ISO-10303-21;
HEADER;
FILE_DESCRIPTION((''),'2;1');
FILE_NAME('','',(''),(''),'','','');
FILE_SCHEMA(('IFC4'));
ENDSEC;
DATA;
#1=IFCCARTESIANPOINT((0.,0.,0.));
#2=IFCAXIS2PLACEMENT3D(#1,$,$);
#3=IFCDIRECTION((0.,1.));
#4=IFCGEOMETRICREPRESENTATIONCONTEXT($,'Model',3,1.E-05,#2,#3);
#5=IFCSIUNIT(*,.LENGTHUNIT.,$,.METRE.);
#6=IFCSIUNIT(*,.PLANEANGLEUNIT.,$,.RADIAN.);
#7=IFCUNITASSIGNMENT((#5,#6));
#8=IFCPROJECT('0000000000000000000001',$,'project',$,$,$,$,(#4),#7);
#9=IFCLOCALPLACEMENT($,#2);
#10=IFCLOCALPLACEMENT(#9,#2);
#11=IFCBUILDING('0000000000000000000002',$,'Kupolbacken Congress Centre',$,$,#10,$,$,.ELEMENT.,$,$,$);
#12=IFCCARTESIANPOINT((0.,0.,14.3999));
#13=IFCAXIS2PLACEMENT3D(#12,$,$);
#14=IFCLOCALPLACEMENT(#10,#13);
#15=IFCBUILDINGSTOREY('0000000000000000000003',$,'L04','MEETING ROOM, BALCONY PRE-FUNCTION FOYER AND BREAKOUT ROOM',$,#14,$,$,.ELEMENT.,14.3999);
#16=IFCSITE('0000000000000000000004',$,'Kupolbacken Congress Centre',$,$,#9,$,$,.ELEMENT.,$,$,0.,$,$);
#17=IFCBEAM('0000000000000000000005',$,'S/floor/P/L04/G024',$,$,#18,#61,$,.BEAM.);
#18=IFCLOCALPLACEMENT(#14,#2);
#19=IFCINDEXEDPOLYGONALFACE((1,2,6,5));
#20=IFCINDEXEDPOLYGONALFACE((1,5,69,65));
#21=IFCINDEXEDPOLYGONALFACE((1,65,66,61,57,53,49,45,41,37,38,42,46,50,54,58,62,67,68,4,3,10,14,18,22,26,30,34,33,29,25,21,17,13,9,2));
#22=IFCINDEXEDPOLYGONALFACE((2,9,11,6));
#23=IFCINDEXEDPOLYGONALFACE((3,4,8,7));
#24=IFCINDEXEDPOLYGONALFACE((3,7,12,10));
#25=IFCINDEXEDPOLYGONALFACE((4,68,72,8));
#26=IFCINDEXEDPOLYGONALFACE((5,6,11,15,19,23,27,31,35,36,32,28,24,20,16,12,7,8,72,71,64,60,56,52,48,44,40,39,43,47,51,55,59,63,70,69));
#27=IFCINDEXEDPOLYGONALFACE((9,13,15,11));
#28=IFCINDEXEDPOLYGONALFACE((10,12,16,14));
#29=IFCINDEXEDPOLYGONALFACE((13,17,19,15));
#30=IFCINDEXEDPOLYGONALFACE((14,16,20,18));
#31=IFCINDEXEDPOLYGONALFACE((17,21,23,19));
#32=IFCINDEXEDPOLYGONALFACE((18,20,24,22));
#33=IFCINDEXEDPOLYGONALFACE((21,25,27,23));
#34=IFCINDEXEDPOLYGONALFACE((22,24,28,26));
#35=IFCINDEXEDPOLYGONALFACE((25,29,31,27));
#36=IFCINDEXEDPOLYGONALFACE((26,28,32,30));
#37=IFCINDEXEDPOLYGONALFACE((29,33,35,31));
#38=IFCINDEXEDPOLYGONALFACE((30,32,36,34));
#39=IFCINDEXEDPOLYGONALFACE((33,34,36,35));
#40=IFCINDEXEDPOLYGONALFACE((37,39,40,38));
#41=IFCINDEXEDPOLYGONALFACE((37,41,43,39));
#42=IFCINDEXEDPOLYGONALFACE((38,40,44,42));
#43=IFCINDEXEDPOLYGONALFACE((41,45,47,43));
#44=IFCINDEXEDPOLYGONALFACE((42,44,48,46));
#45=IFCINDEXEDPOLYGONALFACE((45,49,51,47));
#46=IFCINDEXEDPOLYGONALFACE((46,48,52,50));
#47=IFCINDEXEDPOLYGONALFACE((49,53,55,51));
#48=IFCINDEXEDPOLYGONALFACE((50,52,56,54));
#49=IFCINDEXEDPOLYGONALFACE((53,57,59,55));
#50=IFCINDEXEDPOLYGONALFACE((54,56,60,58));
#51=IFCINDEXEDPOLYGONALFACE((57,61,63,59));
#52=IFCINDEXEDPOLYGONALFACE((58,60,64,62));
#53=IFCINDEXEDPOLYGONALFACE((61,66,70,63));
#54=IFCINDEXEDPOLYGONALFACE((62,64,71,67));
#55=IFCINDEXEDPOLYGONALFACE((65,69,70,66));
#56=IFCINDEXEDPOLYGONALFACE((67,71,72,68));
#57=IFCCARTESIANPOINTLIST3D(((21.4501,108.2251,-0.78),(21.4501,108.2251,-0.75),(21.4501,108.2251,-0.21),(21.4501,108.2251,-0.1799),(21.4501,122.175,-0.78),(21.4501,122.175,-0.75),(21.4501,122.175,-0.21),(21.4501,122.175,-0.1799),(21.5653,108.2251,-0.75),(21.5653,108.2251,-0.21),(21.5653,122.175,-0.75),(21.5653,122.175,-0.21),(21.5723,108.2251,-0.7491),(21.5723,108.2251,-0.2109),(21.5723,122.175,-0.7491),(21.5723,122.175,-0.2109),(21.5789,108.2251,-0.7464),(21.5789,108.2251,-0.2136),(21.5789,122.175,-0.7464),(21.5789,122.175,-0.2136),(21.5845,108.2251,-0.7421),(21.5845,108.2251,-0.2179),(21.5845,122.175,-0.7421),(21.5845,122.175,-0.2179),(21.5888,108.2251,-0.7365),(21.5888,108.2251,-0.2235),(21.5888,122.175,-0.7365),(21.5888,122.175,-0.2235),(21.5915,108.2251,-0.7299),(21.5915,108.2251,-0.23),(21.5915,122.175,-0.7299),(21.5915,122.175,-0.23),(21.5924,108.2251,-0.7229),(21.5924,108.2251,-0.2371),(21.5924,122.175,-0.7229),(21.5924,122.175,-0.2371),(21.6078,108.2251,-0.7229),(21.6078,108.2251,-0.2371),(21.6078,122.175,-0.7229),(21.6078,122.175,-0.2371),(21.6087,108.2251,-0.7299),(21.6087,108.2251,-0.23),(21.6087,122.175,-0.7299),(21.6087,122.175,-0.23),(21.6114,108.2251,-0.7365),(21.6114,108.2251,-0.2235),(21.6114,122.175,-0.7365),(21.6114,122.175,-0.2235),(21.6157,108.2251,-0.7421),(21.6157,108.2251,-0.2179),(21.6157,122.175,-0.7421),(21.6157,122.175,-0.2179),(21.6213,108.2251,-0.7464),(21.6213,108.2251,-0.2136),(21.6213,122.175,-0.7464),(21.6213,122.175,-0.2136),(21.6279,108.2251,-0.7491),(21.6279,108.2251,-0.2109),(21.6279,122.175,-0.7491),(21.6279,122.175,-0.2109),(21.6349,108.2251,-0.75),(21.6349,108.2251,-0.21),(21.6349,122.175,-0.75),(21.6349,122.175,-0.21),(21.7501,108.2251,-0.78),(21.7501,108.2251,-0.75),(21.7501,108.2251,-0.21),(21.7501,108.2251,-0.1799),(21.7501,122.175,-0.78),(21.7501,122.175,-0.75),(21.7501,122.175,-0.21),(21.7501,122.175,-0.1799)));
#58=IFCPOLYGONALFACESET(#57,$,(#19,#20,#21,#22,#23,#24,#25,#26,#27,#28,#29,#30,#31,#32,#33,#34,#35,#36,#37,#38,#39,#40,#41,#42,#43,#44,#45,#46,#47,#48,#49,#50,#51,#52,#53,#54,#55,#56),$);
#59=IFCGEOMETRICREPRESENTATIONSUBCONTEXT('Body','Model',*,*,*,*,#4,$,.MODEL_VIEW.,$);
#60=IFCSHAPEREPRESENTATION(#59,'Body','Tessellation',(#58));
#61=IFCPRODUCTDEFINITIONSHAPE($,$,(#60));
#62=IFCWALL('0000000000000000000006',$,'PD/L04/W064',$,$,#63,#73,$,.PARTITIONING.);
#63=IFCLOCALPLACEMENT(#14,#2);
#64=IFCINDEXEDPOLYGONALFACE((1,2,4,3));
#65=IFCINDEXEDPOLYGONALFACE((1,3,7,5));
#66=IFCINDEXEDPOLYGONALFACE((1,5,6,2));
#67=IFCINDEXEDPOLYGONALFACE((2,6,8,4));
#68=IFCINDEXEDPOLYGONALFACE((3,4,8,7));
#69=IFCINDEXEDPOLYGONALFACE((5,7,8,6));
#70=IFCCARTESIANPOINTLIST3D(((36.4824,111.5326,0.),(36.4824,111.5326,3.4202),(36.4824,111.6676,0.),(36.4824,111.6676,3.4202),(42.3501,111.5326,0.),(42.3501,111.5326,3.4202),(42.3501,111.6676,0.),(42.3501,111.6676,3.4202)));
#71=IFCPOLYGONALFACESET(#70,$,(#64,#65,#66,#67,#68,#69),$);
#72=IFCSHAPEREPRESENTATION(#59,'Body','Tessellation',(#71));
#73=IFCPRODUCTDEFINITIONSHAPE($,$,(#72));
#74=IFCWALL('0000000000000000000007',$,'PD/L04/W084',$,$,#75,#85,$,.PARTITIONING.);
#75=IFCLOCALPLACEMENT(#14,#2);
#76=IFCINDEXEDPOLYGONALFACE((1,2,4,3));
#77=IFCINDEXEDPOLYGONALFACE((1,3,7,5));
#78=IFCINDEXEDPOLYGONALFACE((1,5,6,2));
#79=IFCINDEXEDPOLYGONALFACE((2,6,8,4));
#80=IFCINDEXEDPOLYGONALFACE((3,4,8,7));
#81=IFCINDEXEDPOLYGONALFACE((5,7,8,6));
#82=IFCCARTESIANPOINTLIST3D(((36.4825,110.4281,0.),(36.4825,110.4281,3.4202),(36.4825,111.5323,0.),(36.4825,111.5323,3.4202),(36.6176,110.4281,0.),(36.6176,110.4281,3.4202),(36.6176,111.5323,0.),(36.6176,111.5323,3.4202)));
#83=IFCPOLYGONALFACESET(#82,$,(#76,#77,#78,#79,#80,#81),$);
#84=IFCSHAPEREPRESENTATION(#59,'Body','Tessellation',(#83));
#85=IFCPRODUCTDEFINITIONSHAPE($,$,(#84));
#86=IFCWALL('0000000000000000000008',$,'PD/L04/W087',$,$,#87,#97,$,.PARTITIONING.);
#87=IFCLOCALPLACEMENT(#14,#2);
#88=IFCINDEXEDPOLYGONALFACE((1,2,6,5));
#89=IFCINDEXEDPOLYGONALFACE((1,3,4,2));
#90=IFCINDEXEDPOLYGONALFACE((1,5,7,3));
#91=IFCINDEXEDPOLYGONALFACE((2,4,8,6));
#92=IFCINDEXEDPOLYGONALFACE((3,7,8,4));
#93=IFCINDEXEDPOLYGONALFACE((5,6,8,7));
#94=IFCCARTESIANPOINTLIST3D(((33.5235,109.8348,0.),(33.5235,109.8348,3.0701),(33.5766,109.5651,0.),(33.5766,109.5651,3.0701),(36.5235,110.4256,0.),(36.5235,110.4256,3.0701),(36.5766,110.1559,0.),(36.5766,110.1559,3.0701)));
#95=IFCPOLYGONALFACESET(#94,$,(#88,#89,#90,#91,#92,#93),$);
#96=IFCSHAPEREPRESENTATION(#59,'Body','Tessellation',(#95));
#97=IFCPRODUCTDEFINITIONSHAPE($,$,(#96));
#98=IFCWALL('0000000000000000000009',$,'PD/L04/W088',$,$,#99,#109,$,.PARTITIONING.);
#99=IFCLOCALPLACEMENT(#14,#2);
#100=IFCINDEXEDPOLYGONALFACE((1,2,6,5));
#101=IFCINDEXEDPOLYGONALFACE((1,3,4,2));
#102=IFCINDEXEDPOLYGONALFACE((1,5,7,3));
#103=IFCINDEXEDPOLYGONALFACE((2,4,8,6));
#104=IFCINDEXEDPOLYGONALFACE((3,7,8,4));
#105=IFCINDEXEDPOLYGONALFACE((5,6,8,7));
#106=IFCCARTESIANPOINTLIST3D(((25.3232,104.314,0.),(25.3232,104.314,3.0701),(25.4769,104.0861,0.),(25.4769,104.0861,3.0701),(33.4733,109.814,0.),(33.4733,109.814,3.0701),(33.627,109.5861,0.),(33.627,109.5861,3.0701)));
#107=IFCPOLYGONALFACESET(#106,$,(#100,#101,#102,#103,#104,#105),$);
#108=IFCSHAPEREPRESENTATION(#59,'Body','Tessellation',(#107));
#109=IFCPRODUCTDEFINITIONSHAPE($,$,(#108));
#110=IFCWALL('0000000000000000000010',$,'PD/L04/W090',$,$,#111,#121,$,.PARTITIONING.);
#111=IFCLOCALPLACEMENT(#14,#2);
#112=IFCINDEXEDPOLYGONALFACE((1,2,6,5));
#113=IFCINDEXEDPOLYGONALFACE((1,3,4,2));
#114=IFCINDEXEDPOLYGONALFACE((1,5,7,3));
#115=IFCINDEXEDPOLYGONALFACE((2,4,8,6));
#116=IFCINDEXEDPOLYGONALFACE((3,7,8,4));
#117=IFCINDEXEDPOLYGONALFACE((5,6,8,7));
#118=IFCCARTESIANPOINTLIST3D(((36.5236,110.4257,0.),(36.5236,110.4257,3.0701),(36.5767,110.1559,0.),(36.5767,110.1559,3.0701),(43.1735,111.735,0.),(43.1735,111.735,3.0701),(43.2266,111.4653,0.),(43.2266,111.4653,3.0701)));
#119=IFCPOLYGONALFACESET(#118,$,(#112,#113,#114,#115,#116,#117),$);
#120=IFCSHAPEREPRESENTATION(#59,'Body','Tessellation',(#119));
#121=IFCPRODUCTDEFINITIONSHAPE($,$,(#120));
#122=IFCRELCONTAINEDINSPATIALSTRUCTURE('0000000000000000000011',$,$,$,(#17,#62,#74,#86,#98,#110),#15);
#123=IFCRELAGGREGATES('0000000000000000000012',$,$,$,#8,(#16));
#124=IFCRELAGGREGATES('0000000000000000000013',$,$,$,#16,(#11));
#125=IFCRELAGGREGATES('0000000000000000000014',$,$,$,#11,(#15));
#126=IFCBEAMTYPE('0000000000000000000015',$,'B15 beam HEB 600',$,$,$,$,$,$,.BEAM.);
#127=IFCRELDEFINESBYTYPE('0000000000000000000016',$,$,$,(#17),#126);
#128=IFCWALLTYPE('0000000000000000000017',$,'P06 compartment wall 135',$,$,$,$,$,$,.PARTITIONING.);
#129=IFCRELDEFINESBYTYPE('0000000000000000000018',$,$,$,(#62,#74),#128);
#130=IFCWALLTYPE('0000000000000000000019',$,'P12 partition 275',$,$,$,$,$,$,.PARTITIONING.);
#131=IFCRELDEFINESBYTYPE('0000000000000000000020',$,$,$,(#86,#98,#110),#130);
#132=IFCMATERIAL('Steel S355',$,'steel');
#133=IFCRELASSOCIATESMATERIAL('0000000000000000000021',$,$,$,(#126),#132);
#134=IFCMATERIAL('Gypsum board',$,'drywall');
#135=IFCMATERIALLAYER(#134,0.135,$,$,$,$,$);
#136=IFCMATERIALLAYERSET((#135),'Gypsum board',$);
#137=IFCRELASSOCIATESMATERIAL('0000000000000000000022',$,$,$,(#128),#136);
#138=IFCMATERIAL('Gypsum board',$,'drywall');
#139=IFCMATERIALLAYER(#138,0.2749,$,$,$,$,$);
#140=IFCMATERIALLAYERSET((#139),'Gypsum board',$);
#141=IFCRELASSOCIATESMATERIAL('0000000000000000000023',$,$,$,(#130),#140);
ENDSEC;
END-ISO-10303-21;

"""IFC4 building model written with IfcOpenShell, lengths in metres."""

from ifc_helpers import new_model, si_unit, direction, frame, frame_2d, origin, origin_2d, place, context, subcontext, project, spatial, rectangle, i_section, extrude, material, layer, layer_set, material_profile, profile_set, type_object, element, save


model = new_model("IFC4")

# Units and contexts
model_context = context("Model", 3, precision=1e-05, world=origin(), true_north=direction((0.0, 1.0)))
body_context = subcontext(model_context, "Body", "Model", "MODEL_VIEW")
ifc_project = project(units=[si_unit("LENGTHUNIT", "METRE"), si_unit("PLANEANGLEUNIT", "RADIAN")], contexts=[model_context])

# Site, building, storey
site_placement = place(None, origin())
site = spatial("IfcSite", under=ifc_project, at=site_placement, Name="Kupolbacken Congress Centre", CompositionType="ELEMENT", RefElevation=0.0)
building_placement = place(site_placement, origin())
building = spatial("IfcBuilding", under=site, at=building_placement, Name="Kupolbacken Congress Centre", CompositionType="ELEMENT")
storey_placement = place(building_placement, frame((0.0, 0.0, 14.3999)))
storey = spatial("IfcBuildingStorey", under=building, at=storey_placement, Name="L04", Description="MEETING ROOM, BALCONY PRE-FUNCTION FOYER AND BREAKOUT ROOM", CompositionType="ELEMENT", Elevation=14.3999)

# Beam
ifc_material_1 = material(Name="Steel S355", Category="steel")
ifc_material_profile_1 = material_profile(ifc_material_1, i_section(OverallWidth=0.3, OverallDepth=0.6001, WebThickness=0.0154, FlangeThickness=0.03, FilletRadius=0.0271, at=origin_2d()), Name="HEB 600")
ifc_profile_set_1 = profile_set([ifc_material_profile_1], Name="Steel S355")
beam_type_1 = type_object("IfcBeamType", Name="B15 beam HEB 600", PredefinedType="BEAM", material=ifc_profile_set_1)
beam_1_placement = place(storey_placement, frame((21.6001, 108.2251, -0.48), z_axis=(0.0, 1.0, 0.0), x_axis=(-1.0, 0.0, 0.0)))
element("IfcBeam", 1, at=beam_1_placement, inside=storey, type_object=beam_type_1, Name="S/floor/P/L04/G024", PredefinedType="BEAM", context=body_context, shape_type="SweptSolid", body=[
    extrude(i_section(OverallWidth=0.3, OverallDepth=0.6001, WebThickness=0.0154, FlangeThickness=0.03, FilletRadius=0.0271, at=origin_2d()), origin(), (0.0, 0.0, 1.0), 13.95),
])

# Walls
ifc_material_2 = material(Name="Gypsum board", Category="drywall")
ifc_layer_1 = layer(ifc_material_2, 0.135)
ifc_layer_set_1 = layer_set([ifc_layer_1], Name="Gypsum board")
wall_type_1 = type_object("IfcWallType", Name="P06 compartment wall 135", PredefinedType="PARTITIONING", material=ifc_layer_set_1)
wall_1_placement = place(storey_placement, frame((42.3501, 111.6001, 0.0), z_axis=(0.0, 0.0, 1.0), x_axis=(-1.0, 0.0, 0.0)))
element("IfcWall", 2, at=wall_1_placement, inside=storey, type_object=wall_type_1, Name="PD/L04/W064", PredefinedType="PARTITIONING", context=body_context, shape_type="SweptSolid", body=[
    extrude(rectangle(XDim=5.8677, YDim=0.135, at=frame_2d((2.9338, 0.0))), origin(), (0.0, 0.0, 1.0), 3.4202),
])
wall_2_placement = place(storey_placement, frame((36.55, 111.5325, 0.0), z_axis=(0.0, 0.0, 1.0), x_axis=(0.0, -1.0, 0.0)))
element("IfcWall", 3, at=wall_2_placement, inside=storey, type_object=wall_type_1, Name="PD/L04/W084", PredefinedType="PARTITIONING", context=body_context, shape_type="SweptSolid", body=[
    extrude(rectangle(XDim=1.1042, YDim=0.135, at=frame_2d((0.5522, 0.0))), origin(), (0.0, 0.0, 1.0), 3.4202),
])
ifc_material_3 = material(Name="Gypsum board", Category="drywall")
ifc_layer_2 = layer(ifc_material_3, 0.2749)
ifc_layer_set_2 = layer_set([ifc_layer_2], Name="Gypsum board")
wall_type_2 = type_object("IfcWallType", Name="P12 partition 275", PredefinedType="PARTITIONING", material=ifc_layer_set_2)
wall_3_placement = place(storey_placement, frame((36.55, 110.2908, 0.0), z_axis=(0.0, 0.0, 1.0), x_axis=(-0.981154, -0.193229, 0.0)))
element("IfcWall", 4, at=wall_3_placement, inside=storey, type_object=wall_type_2, Name="PD/L04/W087", PredefinedType="PARTITIONING", context=body_context, shape_type="SweptSolid", body=[
    extrude(rectangle(XDim=3.0576, YDim=0.2749, at=frame_2d((1.5288, 0.0))), origin(), (0.0, 0.0, 1.0), 3.0701),
])
wall_4_placement = place(storey_placement, frame((33.55, 109.7, 0.0), z_axis=(0.0, 0.0, 1.0), x_axis=(-0.828912, -0.559379, 0.0)))
element("IfcWall", 5, at=wall_4_placement, inside=storey, type_object=wall_type_2, Name="PD/L04/W088", PredefinedType="PARTITIONING", context=body_context, shape_type="SweptSolid", body=[
    extrude(rectangle(XDim=9.8323, YDim=0.2749, at=frame_2d((4.916, 0.0))), origin(), (0.0, 0.0, 1.0), 3.0701),
])
wall_5_placement = place(storey_placement, frame((43.2, 111.6001, 0.0), z_axis=(0.0, 0.0, 1.0), x_axis=(-0.981162, -0.193185, 0.0)))
element("IfcWall", 6, at=wall_5_placement, inside=storey, type_object=wall_type_2, Name="PD/L04/W090", PredefinedType="PARTITIONING", context=body_context, shape_type="SweptSolid", body=[
    extrude(rectangle(XDim=6.7776, YDim=0.2749, at=frame_2d((3.3887, 0.0))), origin(), (0.0, 0.0, 1.0), 3.0701),
])

save(model, "model.ifc")
